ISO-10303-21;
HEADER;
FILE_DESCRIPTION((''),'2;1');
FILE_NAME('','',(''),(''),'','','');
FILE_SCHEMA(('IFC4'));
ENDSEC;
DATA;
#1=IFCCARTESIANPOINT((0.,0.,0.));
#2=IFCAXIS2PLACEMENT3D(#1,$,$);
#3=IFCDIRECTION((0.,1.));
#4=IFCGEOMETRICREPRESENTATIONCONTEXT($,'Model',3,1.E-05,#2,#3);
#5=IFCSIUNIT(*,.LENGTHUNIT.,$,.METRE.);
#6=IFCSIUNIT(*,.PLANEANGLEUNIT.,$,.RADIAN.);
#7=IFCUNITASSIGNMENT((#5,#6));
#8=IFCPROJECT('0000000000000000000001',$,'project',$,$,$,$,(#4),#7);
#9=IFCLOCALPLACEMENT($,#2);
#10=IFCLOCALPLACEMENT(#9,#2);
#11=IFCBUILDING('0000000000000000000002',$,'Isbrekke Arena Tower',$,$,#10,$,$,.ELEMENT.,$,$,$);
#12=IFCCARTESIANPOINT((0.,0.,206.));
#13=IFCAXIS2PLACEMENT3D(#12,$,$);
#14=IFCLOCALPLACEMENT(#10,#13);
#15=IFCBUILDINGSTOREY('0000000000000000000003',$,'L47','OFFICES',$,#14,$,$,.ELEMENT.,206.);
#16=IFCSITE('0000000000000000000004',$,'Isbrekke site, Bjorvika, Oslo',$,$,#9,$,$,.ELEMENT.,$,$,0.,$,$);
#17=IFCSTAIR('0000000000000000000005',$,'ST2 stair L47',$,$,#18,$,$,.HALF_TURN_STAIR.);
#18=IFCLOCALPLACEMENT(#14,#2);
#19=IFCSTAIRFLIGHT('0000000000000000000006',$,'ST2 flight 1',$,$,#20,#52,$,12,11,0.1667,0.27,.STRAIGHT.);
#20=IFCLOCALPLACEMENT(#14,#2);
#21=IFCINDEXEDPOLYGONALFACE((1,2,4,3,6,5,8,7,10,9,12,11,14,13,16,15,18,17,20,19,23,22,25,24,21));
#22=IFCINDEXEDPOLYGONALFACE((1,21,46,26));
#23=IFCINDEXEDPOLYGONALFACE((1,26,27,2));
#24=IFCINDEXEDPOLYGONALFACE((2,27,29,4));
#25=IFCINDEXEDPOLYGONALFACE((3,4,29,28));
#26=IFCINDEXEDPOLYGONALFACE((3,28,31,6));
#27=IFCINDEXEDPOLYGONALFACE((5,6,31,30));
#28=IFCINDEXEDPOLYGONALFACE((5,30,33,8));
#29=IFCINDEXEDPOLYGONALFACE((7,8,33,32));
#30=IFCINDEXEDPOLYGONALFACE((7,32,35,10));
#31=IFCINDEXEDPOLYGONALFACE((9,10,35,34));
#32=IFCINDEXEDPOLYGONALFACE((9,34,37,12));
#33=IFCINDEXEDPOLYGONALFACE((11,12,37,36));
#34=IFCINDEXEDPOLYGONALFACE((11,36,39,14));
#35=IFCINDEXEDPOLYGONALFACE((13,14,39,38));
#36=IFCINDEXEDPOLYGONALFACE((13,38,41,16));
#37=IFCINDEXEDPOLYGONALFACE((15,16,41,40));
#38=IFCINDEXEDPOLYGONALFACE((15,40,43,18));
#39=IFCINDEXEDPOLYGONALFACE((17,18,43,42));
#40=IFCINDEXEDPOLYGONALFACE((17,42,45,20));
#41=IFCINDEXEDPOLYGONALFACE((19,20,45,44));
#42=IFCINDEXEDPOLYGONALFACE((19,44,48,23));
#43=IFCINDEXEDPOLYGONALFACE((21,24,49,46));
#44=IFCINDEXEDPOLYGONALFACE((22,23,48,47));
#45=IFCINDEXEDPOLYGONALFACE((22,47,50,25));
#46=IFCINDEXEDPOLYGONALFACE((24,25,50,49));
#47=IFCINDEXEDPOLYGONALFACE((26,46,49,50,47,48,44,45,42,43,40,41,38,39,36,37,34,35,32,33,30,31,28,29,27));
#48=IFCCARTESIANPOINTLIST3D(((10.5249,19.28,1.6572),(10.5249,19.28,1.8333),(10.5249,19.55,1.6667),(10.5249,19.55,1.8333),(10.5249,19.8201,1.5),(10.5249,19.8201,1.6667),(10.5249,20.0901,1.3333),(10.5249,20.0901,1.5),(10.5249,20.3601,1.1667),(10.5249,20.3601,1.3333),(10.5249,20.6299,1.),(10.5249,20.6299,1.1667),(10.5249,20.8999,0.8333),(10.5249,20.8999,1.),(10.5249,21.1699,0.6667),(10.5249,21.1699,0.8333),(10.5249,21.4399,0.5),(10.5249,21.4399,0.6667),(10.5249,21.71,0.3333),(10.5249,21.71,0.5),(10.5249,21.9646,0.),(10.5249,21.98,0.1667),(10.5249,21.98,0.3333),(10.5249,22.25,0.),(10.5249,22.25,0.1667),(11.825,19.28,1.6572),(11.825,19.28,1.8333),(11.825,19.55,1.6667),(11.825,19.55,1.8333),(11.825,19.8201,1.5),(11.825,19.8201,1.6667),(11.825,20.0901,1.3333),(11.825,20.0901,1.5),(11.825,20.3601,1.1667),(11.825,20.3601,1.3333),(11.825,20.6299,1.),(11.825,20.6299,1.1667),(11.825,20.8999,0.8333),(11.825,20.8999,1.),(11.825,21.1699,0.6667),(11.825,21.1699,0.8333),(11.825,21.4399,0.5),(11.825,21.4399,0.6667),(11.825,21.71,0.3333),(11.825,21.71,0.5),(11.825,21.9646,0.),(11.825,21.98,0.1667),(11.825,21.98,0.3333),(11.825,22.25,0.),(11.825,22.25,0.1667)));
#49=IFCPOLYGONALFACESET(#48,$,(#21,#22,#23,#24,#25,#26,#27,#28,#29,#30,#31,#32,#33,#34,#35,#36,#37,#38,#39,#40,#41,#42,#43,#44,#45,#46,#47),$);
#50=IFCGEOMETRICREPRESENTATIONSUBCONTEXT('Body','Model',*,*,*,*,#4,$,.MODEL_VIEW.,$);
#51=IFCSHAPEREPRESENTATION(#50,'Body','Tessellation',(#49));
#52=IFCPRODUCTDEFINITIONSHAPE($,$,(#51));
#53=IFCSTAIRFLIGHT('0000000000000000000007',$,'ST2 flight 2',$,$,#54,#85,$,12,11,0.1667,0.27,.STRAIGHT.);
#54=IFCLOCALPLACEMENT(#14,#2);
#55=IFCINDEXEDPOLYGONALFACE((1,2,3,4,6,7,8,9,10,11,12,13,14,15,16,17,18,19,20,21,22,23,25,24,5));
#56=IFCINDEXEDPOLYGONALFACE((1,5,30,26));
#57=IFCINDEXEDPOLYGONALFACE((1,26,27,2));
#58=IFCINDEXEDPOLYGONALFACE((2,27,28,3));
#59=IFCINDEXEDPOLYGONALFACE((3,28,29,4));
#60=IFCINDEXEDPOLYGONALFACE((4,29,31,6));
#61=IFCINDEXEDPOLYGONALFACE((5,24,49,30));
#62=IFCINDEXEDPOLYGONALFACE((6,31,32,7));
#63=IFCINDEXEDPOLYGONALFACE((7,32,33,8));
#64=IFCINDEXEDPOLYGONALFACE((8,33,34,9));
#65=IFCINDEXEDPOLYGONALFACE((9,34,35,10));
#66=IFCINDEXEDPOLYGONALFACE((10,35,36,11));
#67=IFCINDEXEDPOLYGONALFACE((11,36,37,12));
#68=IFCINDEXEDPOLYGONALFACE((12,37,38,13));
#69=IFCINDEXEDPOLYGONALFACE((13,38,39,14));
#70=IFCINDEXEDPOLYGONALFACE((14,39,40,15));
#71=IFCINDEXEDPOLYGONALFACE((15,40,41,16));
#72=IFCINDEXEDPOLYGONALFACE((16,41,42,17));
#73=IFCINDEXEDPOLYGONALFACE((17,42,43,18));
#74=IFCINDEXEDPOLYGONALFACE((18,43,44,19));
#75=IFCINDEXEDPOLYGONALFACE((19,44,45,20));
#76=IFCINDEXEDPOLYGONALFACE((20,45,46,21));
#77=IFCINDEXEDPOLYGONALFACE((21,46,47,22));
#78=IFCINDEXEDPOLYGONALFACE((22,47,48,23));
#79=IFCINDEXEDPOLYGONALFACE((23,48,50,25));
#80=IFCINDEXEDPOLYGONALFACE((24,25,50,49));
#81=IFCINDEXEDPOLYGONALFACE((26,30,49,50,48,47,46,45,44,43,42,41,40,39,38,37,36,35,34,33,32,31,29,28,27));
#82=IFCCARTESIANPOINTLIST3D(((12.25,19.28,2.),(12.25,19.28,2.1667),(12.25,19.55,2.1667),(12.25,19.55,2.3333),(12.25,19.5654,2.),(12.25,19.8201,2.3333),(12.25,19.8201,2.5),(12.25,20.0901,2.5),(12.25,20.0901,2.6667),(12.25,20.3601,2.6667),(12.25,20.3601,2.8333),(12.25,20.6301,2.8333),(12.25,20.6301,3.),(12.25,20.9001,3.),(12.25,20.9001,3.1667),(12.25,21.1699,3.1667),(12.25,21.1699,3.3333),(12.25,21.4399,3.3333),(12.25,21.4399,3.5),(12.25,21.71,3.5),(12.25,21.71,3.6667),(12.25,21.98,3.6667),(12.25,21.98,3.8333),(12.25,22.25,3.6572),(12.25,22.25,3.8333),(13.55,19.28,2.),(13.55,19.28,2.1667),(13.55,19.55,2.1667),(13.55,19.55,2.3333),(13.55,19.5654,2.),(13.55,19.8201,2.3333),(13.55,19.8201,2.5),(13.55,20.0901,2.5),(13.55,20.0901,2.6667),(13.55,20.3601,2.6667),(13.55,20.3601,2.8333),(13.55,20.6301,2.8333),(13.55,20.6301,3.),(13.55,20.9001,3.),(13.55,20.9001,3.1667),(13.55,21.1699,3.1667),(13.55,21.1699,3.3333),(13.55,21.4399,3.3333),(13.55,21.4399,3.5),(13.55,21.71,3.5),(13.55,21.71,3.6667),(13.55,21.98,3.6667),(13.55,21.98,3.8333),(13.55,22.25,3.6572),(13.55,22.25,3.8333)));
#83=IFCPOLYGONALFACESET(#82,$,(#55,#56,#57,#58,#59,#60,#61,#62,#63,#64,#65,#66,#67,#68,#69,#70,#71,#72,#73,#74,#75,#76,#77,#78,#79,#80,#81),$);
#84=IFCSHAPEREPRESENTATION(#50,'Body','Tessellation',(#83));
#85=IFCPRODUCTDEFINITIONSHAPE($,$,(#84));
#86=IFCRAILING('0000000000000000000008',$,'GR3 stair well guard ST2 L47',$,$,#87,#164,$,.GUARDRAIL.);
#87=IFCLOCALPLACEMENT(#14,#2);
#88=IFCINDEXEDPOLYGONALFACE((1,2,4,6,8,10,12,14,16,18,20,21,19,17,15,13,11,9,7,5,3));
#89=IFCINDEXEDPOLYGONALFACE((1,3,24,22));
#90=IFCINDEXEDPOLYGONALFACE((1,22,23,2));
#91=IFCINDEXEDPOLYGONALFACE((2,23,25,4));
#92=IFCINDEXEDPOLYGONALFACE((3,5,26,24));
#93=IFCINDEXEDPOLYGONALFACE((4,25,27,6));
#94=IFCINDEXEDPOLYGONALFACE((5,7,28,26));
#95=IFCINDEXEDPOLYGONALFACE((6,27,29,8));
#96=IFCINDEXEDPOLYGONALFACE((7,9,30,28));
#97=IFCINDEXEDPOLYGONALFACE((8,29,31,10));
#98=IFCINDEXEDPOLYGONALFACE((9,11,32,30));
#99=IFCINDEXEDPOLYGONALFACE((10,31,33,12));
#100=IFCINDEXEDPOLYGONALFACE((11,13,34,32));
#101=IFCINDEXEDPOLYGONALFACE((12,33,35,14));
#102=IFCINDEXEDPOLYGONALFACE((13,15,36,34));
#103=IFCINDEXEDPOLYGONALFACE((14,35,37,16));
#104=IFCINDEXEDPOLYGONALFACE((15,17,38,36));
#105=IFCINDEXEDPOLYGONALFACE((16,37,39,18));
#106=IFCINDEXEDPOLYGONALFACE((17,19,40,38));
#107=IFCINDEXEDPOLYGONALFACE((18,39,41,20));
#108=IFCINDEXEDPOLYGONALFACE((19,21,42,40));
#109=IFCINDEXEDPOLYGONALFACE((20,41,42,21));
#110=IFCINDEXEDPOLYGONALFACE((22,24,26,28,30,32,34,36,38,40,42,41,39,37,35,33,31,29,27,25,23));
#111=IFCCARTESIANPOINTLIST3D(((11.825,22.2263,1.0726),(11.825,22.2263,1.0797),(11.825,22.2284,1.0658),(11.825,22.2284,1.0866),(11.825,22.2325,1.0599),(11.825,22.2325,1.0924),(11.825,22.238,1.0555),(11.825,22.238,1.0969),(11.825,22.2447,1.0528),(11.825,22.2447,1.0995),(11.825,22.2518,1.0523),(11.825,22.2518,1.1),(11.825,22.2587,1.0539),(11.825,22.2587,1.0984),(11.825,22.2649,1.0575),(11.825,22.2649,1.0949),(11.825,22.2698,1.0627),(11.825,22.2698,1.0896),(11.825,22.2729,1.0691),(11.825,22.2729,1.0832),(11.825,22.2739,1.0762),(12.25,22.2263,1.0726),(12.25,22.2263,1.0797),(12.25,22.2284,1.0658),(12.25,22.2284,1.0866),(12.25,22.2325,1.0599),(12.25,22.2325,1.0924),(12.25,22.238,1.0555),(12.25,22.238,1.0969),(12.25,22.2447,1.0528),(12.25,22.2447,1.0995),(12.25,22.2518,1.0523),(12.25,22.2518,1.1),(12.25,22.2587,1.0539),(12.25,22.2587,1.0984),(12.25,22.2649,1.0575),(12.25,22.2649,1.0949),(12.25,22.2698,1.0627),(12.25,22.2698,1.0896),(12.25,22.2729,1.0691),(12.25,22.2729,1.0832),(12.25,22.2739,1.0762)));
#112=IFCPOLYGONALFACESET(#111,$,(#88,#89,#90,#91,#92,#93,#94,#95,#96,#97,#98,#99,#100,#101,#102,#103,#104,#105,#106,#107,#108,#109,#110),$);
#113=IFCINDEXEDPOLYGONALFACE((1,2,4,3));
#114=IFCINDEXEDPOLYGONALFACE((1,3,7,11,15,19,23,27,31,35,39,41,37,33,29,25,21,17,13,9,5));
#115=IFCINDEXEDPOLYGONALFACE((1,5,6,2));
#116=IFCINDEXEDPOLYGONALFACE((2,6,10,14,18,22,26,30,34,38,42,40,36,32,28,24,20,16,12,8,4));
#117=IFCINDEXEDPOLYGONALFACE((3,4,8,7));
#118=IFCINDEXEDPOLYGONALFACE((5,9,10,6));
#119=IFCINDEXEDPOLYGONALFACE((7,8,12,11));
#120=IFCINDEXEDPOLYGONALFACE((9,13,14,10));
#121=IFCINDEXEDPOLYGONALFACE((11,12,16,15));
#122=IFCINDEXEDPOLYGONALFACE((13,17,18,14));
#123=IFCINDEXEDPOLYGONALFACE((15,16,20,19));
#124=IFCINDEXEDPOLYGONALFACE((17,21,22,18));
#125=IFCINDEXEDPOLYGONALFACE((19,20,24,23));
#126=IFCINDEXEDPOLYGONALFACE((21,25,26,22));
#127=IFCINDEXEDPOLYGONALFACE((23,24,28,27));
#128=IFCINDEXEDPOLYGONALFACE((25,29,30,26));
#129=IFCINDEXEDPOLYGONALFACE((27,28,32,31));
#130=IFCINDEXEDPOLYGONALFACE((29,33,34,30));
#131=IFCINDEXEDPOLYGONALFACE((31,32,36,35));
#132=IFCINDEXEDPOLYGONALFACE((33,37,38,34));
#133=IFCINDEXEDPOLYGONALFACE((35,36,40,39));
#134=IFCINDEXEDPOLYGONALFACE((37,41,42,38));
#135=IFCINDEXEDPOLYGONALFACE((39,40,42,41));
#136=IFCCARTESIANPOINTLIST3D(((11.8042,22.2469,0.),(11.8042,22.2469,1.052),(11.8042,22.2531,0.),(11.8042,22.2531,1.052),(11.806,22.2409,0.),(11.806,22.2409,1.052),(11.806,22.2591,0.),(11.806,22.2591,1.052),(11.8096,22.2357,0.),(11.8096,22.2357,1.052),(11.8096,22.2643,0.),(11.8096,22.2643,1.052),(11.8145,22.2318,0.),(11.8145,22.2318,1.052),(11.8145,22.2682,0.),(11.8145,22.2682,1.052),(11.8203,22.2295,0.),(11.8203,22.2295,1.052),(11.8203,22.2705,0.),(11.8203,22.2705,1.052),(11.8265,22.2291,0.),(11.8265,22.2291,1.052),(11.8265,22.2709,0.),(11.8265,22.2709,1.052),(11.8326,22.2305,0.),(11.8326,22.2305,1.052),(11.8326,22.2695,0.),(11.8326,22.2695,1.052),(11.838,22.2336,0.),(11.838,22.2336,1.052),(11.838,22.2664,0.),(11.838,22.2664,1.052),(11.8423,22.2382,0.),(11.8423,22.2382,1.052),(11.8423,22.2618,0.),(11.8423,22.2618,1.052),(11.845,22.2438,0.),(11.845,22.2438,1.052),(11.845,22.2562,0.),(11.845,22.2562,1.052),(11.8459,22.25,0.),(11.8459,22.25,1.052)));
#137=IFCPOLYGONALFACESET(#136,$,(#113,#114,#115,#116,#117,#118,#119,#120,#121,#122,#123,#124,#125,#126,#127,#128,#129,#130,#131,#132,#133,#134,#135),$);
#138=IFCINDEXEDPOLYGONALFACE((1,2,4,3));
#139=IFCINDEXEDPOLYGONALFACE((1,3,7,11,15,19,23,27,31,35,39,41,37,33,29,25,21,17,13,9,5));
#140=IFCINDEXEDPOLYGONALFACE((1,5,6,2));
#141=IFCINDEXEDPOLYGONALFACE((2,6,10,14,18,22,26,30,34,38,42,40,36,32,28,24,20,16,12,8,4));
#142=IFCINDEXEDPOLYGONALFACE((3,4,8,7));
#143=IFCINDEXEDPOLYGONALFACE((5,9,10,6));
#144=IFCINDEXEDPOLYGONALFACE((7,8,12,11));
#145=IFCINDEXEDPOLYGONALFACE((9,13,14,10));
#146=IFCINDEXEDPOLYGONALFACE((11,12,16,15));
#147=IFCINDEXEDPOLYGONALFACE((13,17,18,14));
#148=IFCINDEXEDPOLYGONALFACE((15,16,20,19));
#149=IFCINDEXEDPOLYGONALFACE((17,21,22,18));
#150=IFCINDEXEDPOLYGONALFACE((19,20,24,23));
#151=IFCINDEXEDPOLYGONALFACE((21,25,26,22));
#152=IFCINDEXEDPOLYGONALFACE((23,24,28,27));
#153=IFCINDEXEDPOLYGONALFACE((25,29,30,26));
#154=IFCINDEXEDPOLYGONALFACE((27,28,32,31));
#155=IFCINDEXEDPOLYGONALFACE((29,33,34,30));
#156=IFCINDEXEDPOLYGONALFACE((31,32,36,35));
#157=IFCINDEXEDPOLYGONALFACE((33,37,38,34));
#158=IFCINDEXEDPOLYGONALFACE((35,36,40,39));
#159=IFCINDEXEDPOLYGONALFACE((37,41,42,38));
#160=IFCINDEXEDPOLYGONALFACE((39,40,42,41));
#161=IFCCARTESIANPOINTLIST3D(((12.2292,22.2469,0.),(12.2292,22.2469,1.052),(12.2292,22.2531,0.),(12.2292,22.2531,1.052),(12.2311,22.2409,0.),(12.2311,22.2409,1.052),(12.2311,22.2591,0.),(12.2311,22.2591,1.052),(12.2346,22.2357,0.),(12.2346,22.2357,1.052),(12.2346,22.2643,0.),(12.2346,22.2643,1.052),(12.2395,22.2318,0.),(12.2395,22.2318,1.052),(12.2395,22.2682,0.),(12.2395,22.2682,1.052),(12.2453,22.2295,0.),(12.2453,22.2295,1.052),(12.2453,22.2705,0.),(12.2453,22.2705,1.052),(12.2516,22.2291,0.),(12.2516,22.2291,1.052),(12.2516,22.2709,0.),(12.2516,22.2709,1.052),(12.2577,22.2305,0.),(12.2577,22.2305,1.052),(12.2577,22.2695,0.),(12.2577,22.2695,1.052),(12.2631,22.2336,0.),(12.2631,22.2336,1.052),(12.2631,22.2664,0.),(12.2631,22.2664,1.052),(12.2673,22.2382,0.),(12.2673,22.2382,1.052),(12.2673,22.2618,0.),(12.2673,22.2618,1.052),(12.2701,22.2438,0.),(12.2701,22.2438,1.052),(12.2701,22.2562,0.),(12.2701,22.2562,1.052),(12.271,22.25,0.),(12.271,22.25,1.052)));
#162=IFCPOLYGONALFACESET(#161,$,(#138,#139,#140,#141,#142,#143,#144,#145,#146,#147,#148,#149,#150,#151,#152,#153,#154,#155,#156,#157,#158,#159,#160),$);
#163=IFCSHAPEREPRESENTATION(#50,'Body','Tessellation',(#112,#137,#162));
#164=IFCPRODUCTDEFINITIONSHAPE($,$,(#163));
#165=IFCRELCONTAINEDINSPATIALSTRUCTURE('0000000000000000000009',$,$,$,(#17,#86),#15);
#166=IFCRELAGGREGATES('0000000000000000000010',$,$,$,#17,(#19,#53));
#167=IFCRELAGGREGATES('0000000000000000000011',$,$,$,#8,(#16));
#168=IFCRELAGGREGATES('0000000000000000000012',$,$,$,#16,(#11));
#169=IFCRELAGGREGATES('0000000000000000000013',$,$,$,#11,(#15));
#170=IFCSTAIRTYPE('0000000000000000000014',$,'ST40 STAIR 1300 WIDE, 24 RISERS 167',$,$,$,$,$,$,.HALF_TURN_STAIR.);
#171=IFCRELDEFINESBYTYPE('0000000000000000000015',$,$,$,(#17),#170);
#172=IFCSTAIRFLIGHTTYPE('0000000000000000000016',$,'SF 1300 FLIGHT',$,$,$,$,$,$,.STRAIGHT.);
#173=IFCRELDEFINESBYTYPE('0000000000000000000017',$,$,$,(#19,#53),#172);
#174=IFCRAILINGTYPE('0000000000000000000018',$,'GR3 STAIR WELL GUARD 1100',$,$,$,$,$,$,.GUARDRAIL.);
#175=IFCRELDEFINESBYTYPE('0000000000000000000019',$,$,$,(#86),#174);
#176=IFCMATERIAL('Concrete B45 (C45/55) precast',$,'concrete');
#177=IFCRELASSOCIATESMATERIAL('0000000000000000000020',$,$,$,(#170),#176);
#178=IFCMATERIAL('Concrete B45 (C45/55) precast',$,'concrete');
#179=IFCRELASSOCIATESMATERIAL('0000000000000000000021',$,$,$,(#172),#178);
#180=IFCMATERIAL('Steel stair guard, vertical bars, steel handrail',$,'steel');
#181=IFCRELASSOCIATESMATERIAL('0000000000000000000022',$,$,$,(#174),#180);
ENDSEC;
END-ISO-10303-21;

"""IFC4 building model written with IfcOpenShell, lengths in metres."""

from ifc_helpers import new_model, si_unit, direction, frame, origin, origin_2d, place, context, subcontext, project, spatial, polyline, circle, outline, extrude, material, type_object, element, aggregate, save


model = new_model("IFC4")

# Units and contexts
model_context = context("Model", 3, precision=1e-05, world=origin(), true_north=direction((0.0, 1.0)))
body_context = subcontext(model_context, "Body", "Model", "MODEL_VIEW")
ifc_project = project(units=[si_unit("LENGTHUNIT", "METRE"), si_unit("PLANEANGLEUNIT", "RADIAN")], contexts=[model_context])

# Site, building, storey
site_placement = place(None, origin())
site = spatial("IfcSite", under=ifc_project, at=site_placement, Name="Isbrekke site, Bjorvika, Oslo", CompositionType="ELEMENT", RefElevation=0.0)
building_placement = place(site_placement, origin())
building = spatial("IfcBuilding", under=site, at=building_placement, Name="Isbrekke Arena Tower", CompositionType="ELEMENT")
storey_placement = place(building_placement, frame((0.0, 0.0, 206.0)))
storey = spatial("IfcBuildingStorey", under=building, at=storey_placement, Name="L47", Description="OFFICES", CompositionType="ELEMENT", Elevation=206.0)

# Stair, stair flights
ifc_material_1 = material(Name="Concrete B45 (C45/55) precast", Category="concrete")
stair_type = type_object("IfcStairType", Name="ST40 STAIR 1300 WIDE, 24 RISERS 167", PredefinedType="HALF_TURN_STAIR", material=ifc_material_1)
stair_placement = place(storey_placement, origin())
stair = element("IfcStair", 1, at=stair_placement, inside=storey, type_object=stair_type, Name="ST2 stair L47", PredefinedType="HALF_TURN_STAIR")
ifc_material_2 = material(Name="Concrete B45 (C45/55) precast", Category="concrete")
stair_flight_type = type_object("IfcStairFlightType", Name="SF 1300 FLIGHT", PredefinedType="STRAIGHT", material=ifc_material_2)
stair_flight_1_placement = place(storey_placement, frame((11.175, 22.25, 0.0), z_axis=(0.0, 0.0, 1.0), x_axis=(0.0, -1.0, 0.0)))
stair_flight_1 = element("IfcStairFlight", 2, at=stair_flight_1_placement, type_object=stair_flight_type, Name="ST2 flight 1", NumberOfRisers=12, NumberOfTreads=11, PredefinedType="STRAIGHT", RiserHeight=0.1667, TreadLength=0.27, context=body_context, shape_type="SweptSolid", body=[
    extrude(outline(polyline([(0.0, 0.0), (0.0, 0.1667), (0.27, 0.1667), (0.27, 0.3333), (0.54, 0.3333), (0.54, 0.5), (0.8101, 0.5), (0.8101, 0.6667), (1.0801, 0.6667), (1.0801, 0.8333), (1.3501, 0.8333), (1.3501, 1.0), (1.6201, 1.0), (1.6201, 1.1667), (1.8899, 1.1667), (1.8899, 1.3333), (2.1599, 1.3333), (2.1599, 1.5), (2.4299, 1.5), (2.4299, 1.6667), (2.7, 1.6667), (2.7, 1.8333), (2.97, 1.8333), (2.97, 2.0), (2.97, 1.6572), (0.2854, 0.0), (0.0, 0.0)])), frame((0.0, 0.6499, 0.0), z_axis=(0.0, -1.0, 0.0), x_axis=(1.0, 0.0, 0.0)), (0.0, 0.0, 1.0), 1.3),
])
stair_flight_2_placement = place(storey_placement, frame((12.8999, 19.28, 2.0), z_axis=(0.0, 0.0, 1.0), x_axis=(0.0, 1.0, 0.0)))
stair_flight_2 = element("IfcStairFlight", 3, at=stair_flight_2_placement, type_object=stair_flight_type, Name="ST2 flight 2", NumberOfRisers=12, NumberOfTreads=11, PredefinedType="STRAIGHT", RiserHeight=0.1667, TreadLength=0.27, context=body_context, shape_type="SweptSolid", body=[
    extrude(outline(polyline([(0.0, 0.0), (0.0, 0.1667), (0.27, 0.1667), (0.27, 0.3333), (0.54, 0.3333), (0.54, 0.5), (0.8101, 0.5), (0.8101, 0.6667), (1.0801, 0.6667), (1.0801, 0.8333), (1.3501, 0.8333), (1.3501, 1.0), (1.6201, 1.0), (1.6201, 1.1667), (1.8899, 1.1667), (1.8899, 1.3333), (2.1599, 1.3333), (2.1599, 1.5), (2.4299, 1.5), (2.4299, 1.6667), (2.7, 1.6667), (2.7, 1.8333), (2.97, 1.8333), (2.97, 2.0), (2.97, 1.6572), (0.2854, 0.0), (0.0, 0.0)])), frame((0.0, 0.6499, 0.0), z_axis=(0.0, -1.0, 0.0), x_axis=(1.0, 0.0, 0.0)), (0.0, 0.0, 1.0), 1.3),
])
aggregate(stair, [stair_flight_1, stair_flight_2])

# Railing
ifc_material_3 = material(Name="Steel stair guard, vertical bars, steel handrail", Category="steel")
railing_type = type_object("IfcRailingType", Name="GR3 STAIR WELL GUARD 1100", PredefinedType="GUARDRAIL", material=ifc_material_3)
for number, where, name in (
    (4, (11.825, 22.25, 0.0), "GR3 stair well guard ST2 L47"),
):
    element("IfcRailing", number, at=place(storey_placement, frame(where)), inside=storey, type_object=railing_type, Name=name, PredefinedType="GUARDRAIL", context=body_context, shape_type="SweptSolid", body=[
        extrude(circle(Radius=0.0239, at=origin_2d()), frame((0.0, 0.0, 1.0762), z_axis=(1.0, 0.0, 0.0), x_axis=(0.0, 1.0, 0.0)), (0.0, 0.0, 1.0), 0.425),
        extrude(circle(Radius=0.021, at=origin_2d()), origin(), (0.0, 0.0, 1.0), 1.052),
        extrude(circle(Radius=0.021, at=origin_2d()), frame((0.425, 0.0, 0.0)), (0.0, 0.0, 1.0), 1.052),
    ])

save(model, "model.ifc")
